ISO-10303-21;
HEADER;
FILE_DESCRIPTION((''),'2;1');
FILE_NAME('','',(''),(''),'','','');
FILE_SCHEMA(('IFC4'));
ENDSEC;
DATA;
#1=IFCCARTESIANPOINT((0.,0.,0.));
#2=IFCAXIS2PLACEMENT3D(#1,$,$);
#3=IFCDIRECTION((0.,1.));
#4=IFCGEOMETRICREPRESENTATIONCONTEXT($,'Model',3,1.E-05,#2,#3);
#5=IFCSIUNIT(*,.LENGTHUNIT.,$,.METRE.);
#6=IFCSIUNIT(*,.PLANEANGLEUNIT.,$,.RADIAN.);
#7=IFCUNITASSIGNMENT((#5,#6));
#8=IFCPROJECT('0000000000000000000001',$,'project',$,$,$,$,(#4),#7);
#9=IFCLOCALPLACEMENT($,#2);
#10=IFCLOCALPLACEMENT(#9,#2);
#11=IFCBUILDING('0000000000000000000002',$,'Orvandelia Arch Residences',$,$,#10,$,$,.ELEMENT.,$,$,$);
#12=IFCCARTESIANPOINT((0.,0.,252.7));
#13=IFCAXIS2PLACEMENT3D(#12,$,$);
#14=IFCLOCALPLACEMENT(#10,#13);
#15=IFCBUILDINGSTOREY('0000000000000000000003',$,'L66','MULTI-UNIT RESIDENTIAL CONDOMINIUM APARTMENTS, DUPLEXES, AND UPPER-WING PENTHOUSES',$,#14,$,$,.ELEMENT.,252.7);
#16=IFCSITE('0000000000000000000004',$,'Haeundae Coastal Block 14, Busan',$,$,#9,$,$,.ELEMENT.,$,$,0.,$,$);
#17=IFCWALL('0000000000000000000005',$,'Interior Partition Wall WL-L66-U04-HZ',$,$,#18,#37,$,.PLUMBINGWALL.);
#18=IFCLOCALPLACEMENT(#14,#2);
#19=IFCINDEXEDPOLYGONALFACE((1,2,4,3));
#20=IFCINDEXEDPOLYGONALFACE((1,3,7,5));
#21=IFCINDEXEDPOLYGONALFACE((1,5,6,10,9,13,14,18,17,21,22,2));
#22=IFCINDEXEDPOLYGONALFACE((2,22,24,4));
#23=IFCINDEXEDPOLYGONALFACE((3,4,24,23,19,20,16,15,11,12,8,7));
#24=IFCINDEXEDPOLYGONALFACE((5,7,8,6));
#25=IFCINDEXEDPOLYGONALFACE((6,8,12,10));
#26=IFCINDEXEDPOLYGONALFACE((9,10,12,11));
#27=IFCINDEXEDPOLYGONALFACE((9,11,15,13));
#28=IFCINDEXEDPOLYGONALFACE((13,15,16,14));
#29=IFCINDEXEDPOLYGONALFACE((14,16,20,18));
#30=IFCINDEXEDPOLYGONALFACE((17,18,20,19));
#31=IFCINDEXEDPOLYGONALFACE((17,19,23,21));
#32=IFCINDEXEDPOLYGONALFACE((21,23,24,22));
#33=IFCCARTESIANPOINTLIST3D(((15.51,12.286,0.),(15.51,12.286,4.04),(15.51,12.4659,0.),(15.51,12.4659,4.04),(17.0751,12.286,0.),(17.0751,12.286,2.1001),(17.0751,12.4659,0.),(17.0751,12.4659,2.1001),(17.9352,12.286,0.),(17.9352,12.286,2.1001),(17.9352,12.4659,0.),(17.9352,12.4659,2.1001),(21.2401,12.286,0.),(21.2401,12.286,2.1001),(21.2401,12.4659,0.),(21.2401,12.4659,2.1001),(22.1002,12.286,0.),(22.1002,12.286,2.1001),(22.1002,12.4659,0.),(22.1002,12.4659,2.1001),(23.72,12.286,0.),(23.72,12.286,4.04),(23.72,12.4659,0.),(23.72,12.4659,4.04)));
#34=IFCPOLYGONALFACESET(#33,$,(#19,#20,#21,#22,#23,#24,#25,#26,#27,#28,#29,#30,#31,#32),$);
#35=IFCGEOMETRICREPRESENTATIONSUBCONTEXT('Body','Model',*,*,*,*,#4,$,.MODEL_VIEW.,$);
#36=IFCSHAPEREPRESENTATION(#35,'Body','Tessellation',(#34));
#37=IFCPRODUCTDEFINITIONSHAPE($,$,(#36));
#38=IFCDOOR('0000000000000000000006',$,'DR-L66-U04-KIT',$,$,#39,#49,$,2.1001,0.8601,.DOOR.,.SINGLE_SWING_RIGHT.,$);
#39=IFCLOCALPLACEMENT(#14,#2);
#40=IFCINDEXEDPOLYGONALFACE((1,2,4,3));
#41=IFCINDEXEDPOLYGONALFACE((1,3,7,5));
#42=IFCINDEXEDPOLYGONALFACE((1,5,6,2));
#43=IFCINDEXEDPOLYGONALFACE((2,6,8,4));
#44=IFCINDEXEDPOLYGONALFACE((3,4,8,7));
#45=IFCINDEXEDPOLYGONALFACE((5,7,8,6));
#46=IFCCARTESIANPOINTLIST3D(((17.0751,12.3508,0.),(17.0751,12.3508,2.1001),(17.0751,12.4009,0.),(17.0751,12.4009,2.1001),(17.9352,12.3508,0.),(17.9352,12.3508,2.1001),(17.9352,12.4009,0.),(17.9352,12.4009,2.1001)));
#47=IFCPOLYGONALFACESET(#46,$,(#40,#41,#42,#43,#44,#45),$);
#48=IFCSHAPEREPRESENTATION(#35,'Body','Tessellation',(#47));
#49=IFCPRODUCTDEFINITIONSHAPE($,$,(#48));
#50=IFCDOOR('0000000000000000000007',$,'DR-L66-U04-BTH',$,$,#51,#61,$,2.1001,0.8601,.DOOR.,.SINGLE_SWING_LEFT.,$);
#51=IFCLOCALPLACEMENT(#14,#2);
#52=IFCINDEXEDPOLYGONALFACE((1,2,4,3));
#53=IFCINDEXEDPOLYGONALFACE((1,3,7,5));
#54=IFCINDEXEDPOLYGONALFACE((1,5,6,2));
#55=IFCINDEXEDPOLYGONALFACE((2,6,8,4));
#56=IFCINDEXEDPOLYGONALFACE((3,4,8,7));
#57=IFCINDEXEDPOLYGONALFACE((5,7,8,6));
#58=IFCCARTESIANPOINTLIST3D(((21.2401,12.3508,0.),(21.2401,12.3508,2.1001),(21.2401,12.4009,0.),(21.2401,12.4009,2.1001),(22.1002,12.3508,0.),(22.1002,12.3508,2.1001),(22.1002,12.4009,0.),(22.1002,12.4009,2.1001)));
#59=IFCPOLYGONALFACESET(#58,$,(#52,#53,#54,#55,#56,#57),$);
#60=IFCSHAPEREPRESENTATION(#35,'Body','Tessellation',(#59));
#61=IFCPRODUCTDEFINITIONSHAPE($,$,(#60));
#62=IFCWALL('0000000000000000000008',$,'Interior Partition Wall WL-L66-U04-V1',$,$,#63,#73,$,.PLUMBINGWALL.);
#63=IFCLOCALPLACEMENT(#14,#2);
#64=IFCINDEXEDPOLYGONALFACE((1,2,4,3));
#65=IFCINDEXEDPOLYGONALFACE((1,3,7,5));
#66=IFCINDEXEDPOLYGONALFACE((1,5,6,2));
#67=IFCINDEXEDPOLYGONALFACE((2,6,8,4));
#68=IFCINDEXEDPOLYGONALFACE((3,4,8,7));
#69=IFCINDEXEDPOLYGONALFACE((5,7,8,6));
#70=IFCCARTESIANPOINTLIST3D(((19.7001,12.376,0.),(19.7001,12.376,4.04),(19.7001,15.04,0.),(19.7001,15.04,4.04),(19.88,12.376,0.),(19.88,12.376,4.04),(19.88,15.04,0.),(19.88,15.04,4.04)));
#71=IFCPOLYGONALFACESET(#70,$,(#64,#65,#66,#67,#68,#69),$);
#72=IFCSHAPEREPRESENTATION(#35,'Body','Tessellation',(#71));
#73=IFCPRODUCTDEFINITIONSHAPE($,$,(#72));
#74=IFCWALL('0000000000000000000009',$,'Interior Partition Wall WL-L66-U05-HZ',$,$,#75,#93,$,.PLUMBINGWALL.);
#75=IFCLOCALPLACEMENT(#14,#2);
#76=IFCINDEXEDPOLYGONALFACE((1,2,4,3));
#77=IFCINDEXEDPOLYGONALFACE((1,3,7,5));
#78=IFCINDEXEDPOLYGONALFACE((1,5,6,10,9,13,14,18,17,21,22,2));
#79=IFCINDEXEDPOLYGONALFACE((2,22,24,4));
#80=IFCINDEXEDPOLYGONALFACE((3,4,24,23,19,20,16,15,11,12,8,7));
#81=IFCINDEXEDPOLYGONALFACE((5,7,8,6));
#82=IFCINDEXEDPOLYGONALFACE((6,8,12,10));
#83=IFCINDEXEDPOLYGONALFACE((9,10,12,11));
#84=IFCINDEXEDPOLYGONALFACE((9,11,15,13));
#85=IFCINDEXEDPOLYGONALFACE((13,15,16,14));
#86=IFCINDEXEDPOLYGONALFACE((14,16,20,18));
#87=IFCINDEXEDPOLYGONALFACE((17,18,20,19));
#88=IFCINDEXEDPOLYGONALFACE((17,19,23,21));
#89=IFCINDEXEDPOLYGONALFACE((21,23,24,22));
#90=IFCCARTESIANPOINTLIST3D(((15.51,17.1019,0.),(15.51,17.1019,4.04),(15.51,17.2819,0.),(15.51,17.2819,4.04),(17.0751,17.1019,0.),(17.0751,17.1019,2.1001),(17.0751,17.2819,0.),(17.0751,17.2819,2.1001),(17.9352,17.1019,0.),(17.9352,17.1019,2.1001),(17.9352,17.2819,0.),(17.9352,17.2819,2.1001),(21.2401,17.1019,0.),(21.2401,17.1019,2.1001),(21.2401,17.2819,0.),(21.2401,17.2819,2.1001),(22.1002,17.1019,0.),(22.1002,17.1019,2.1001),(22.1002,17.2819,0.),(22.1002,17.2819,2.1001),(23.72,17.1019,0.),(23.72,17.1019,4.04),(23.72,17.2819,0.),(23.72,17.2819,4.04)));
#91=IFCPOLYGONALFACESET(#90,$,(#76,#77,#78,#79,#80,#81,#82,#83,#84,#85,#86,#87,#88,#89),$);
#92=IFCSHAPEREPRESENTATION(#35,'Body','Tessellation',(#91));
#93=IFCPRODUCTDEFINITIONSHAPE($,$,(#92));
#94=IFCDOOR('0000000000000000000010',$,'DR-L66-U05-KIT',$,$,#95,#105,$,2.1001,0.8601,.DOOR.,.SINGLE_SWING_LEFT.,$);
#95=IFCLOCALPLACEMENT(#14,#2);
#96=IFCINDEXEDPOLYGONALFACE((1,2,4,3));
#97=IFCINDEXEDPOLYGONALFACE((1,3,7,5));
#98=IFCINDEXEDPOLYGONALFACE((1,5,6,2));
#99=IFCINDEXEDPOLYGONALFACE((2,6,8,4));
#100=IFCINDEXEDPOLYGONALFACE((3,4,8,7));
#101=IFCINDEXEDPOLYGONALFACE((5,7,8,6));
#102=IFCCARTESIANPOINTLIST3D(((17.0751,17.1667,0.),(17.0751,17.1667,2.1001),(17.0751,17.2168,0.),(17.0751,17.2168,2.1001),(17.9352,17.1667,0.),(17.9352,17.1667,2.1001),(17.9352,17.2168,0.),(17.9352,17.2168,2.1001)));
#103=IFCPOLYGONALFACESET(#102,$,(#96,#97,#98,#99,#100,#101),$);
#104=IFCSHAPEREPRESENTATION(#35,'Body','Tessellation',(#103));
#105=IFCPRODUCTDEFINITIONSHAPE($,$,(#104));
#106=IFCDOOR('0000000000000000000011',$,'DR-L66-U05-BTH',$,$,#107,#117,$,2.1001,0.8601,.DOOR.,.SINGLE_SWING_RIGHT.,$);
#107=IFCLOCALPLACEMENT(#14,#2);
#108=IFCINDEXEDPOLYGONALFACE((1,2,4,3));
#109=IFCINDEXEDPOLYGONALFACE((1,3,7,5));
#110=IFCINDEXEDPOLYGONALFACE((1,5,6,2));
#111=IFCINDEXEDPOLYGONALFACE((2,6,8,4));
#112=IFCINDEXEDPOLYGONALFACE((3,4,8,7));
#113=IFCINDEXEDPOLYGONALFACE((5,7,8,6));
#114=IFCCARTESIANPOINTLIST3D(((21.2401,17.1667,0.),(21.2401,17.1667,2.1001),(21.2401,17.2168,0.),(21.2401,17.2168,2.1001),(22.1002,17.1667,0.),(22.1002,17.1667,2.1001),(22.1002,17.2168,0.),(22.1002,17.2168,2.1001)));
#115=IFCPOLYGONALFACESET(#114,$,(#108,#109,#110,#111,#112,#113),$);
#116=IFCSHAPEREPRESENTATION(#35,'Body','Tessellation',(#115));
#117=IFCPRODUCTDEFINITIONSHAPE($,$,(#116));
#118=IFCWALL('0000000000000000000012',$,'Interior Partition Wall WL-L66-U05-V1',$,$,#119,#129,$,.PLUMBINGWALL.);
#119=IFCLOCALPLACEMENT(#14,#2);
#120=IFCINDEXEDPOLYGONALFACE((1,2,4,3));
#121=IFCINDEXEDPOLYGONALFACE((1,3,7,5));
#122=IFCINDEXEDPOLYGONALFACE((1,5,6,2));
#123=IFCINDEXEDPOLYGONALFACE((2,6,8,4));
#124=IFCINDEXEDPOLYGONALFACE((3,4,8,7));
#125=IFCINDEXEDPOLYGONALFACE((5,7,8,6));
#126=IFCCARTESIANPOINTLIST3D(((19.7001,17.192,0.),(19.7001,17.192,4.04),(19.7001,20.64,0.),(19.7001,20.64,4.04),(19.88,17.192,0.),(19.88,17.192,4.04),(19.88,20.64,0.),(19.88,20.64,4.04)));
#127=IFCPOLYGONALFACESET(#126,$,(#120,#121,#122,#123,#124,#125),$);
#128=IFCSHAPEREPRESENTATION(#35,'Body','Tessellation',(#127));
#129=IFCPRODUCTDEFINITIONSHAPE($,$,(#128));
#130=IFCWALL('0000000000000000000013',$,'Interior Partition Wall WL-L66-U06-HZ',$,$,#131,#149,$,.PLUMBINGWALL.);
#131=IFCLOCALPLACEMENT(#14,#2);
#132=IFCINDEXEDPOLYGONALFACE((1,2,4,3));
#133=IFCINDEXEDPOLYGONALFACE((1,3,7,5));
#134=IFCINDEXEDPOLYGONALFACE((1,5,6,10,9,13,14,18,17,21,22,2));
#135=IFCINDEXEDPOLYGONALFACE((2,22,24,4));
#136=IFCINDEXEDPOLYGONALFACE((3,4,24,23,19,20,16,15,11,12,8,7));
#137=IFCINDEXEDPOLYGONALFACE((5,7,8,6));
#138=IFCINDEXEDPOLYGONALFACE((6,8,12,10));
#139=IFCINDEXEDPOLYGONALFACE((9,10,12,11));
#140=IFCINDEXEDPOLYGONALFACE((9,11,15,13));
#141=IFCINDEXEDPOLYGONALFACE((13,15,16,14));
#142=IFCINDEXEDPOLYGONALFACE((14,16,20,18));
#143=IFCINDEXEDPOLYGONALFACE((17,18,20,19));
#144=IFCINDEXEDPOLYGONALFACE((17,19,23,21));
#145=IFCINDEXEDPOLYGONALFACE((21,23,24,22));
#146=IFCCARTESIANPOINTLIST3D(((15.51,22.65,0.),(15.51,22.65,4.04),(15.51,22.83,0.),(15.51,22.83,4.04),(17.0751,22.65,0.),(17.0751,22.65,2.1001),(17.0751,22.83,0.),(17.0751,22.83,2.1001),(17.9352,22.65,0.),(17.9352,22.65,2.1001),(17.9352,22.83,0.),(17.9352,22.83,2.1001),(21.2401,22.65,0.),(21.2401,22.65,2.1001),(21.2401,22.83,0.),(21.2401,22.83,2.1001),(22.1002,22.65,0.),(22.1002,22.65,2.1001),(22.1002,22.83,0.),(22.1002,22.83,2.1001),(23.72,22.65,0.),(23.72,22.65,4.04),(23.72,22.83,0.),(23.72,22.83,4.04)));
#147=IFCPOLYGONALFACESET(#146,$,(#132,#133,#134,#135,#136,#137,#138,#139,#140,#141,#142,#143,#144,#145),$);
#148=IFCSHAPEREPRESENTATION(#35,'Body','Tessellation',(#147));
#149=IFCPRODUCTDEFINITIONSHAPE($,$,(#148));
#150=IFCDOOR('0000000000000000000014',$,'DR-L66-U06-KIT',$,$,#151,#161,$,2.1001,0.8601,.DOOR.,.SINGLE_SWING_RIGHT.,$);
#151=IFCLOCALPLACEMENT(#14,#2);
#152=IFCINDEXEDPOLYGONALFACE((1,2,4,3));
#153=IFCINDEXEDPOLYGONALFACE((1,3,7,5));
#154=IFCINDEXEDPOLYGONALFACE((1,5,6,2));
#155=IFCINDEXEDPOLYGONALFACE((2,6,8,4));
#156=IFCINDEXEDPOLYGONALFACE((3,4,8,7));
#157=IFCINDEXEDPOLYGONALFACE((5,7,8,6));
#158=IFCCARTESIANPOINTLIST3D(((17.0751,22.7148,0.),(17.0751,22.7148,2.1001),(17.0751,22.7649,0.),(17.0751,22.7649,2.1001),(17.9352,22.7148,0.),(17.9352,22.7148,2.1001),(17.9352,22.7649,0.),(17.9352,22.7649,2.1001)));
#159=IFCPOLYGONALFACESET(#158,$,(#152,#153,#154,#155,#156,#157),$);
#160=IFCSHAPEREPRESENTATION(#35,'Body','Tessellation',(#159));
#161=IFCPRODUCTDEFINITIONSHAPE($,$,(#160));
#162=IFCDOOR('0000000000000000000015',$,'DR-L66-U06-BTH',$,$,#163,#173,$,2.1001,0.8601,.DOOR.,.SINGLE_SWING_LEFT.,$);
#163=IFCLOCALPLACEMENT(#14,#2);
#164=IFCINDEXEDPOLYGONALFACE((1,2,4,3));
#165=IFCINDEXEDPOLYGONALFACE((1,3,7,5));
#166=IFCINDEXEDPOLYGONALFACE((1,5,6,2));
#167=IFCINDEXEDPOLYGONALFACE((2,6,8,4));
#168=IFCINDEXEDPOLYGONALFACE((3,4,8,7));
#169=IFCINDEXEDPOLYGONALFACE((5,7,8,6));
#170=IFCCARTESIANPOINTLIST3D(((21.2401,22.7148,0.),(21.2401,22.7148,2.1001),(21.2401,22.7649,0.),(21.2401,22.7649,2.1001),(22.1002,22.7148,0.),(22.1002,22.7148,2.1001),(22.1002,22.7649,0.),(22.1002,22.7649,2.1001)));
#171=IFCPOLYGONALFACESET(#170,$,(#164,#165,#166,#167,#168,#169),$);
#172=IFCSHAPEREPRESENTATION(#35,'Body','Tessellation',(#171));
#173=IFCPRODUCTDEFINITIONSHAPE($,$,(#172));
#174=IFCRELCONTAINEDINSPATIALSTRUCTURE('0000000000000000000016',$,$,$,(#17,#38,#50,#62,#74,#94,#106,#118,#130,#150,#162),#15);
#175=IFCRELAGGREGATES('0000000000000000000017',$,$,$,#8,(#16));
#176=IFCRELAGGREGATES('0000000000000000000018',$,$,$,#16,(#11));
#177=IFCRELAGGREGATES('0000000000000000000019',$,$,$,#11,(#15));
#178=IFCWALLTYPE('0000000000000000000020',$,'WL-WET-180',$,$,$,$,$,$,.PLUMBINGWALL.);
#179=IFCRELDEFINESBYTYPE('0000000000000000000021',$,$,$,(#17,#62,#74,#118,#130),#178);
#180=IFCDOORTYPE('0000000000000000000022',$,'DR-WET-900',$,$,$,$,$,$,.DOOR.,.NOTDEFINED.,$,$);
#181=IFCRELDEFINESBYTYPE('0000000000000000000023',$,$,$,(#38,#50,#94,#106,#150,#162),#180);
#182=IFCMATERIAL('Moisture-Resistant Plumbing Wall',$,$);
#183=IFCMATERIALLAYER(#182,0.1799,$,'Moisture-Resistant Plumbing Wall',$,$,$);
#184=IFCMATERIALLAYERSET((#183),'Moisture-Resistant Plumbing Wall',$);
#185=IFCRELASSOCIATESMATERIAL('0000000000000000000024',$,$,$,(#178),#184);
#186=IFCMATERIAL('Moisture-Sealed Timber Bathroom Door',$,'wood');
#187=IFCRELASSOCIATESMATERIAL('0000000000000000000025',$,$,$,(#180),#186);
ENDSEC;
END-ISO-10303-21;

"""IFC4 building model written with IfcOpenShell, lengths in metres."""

from ifc_helpers import new_model, si_unit, direction, frame, frame_2d, origin, place, context, subcontext, project, spatial, rectangle, extrude, material, layer, layer_set, type_object, element, fill, save


model = new_model("IFC4")

# Units and contexts
model_context = context("Model", 3, precision=1e-05, world=origin(), true_north=direction((0.0, 1.0)))
body_context = subcontext(model_context, "Body", "Model", "MODEL_VIEW")
ifc_project = project(units=[si_unit("LENGTHUNIT", "METRE"), si_unit("PLANEANGLEUNIT", "RADIAN")], contexts=[model_context])

# Site, building, storey
site_placement = place(None, origin())
site = spatial("IfcSite", under=ifc_project, at=site_placement, Name="Haeundae Coastal Block 14, Busan", CompositionType="ELEMENT", RefElevation=0.0)
building_placement = place(site_placement, origin())
building = spatial("IfcBuilding", under=site, at=building_placement, Name="Orvandelia Arch Residences", CompositionType="ELEMENT")
storey_placement = place(building_placement, frame((0.0, 0.0, 252.7)))
storey = spatial("IfcBuildingStorey", under=building, at=storey_placement, Name="L66", Description="MULTI-UNIT RESIDENTIAL CONDOMINIUM APARTMENTS, DUPLEXES, AND UPPER-WING PENTHOUSES", CompositionType="ELEMENT", Elevation=252.7)

# Shared definitions
ifc_material_1 = material(Name="Moisture-Resistant Plumbing Wall")
ifc_layer_1 = layer(ifc_material_1, 0.1799, Name="Moisture-Resistant Plumbing Wall")
ifc_layer_set_1 = layer_set([ifc_layer_1], Name="Moisture-Resistant Plumbing Wall")
wall_type_1 = type_object("IfcWallType", Name="WL-WET-180", PredefinedType="PLUMBINGWALL", material=ifc_layer_set_1)

# Wall, openings, doors
wall_1_placement = place(storey_placement, frame((15.51, 12.376, 0.0), z_axis=(0.0, 0.0, 1.0), x_axis=(1.0, 0.0, 0.0)))
wall_1 = element("IfcWall", 1, at=wall_1_placement, inside=storey, type_object=wall_type_1, Name="Interior Partition Wall WL-L66-U04-HZ", PredefinedType="PLUMBINGWALL", context=body_context, shape_type="SweptSolid", body=[
    extrude(rectangle(XDim=8.21, YDim=0.1799, at=frame_2d((4.105, 0.0))), origin(), (0.0, 0.0, 1.0), 4.04),
])
opening_1_placement = place(wall_1_placement, frame((1.5649, 0.0, 0.0)))
opening_1 = element("IfcOpeningElement", 2, at=opening_1_placement, cuts=wall_1, PredefinedType="OPENING", context=body_context, shape_type="SweptSolid", body=[
    extrude(rectangle(XDim=0.8601, YDim=2.1001, at=frame_2d((0.4302, 1.05))), frame((0.0, 0.1001, 0.0), z_axis=(0.0, -1.0, 0.0), x_axis=(1.0, 0.0, 0.0)), (0.0, 0.0, 1.0), 0.2),
])
opening_2_placement = place(wall_1_placement, frame((5.73, 0.0, 0.0)))
opening_2 = element("IfcOpeningElement", 3, at=opening_2_placement, cuts=wall_1, PredefinedType="OPENING", context=body_context, shape_type="SweptSolid", body=[
    extrude(rectangle(XDim=0.8601, YDim=2.1001, at=frame_2d((0.4302, 1.05))), frame((0.0, 0.1001, 0.0), z_axis=(0.0, -1.0, 0.0), x_axis=(1.0, 0.0, 0.0)), (0.0, 0.0, 1.0), 0.2),
])
ifc_material_2 = material(Name="Moisture-Sealed Timber Bathroom Door", Category="wood")
door_type_1 = type_object("IfcDoorType", Name="DR-WET-900", OperationType="NOTDEFINED", PredefinedType="DOOR", material=ifc_material_2)
door_1_placement = place(opening_1_placement, origin())
door_1 = element("IfcDoor", 4, at=door_1_placement, inside=storey, type_object=door_type_1, Name="DR-L66-U04-KIT", OperationType="SINGLE_SWING_RIGHT", OverallHeight=2.1001, OverallWidth=0.8601, PredefinedType="DOOR", context=body_context, shape_type="SweptSolid", body=[
    extrude(rectangle(XDim=0.8601, YDim=2.1001, at=frame_2d((0.4302, 1.05))), frame((0.0, 0.0249, 0.0), z_axis=(0.0, -1.0, 0.0), x_axis=(1.0, 0.0, 0.0)), (0.0, 0.0, 1.0), 0.05),
])
fill(opening_1, door_1)
door_2_placement = place(opening_2_placement, origin())
door_2 = element("IfcDoor", 5, at=door_2_placement, inside=storey, type_object=door_type_1, Name="DR-L66-U04-BTH", OperationType="SINGLE_SWING_LEFT", OverallHeight=2.1001, OverallWidth=0.8601, PredefinedType="DOOR", context=body_context, shape_type="SweptSolid", body=[
    extrude(rectangle(XDim=0.8601, YDim=2.1001, at=frame_2d((0.4302, 1.05))), frame((0.0, 0.0249, 0.0), z_axis=(0.0, -1.0, 0.0), x_axis=(1.0, 0.0, 0.0)), (0.0, 0.0, 1.0), 0.05),
])
fill(opening_2, door_2)

# Wall
wall_2_placement = place(storey_placement, frame((19.79, 12.376, 0.0), z_axis=(0.0, 0.0, 1.0), x_axis=(0.0, 1.0, 0.0)))
element("IfcWall", 6, at=wall_2_placement, inside=storey, type_object=wall_type_1, Name="Interior Partition Wall WL-L66-U04-V1", PredefinedType="PLUMBINGWALL", context=body_context, shape_type="SweptSolid", body=[
    extrude(rectangle(XDim=2.6641, YDim=0.1799, at=frame_2d((1.332, 0.0))), origin(), (0.0, 0.0, 1.0), 4.04),
])

# Wall, openings, doors
wall_3_placement = place(storey_placement, frame((15.51, 17.1919, 0.0), z_axis=(0.0, 0.0, 1.0), x_axis=(1.0, 0.0, 0.0)))
wall_3 = element("IfcWall", 7, at=wall_3_placement, inside=storey, type_object=wall_type_1, Name="Interior Partition Wall WL-L66-U05-HZ", PredefinedType="PLUMBINGWALL", context=body_context, shape_type="SweptSolid", body=[
    extrude(rectangle(XDim=8.21, YDim=0.1799, at=frame_2d((4.105, 0.0))), origin(), (0.0, 0.0, 1.0), 4.04),
])
opening_3_placement = place(wall_3_placement, frame((1.5649, 0.0, 0.0)))
opening_3 = element("IfcOpeningElement", 8, at=opening_3_placement, cuts=wall_3, PredefinedType="OPENING", context=body_context, shape_type="SweptSolid", body=[
    extrude(rectangle(XDim=0.8601, YDim=2.1001, at=frame_2d((0.4302, 1.05))), frame((0.0, 0.1001, 0.0), z_axis=(0.0, -1.0, 0.0), x_axis=(1.0, 0.0, 0.0)), (0.0, 0.0, 1.0), 0.2),
])
opening_4_placement = place(wall_3_placement, frame((5.73, 0.0, 0.0)))
opening_4 = element("IfcOpeningElement", 9, at=opening_4_placement, cuts=wall_3, PredefinedType="OPENING", context=body_context, shape_type="SweptSolid", body=[
    extrude(rectangle(XDim=0.8601, YDim=2.1001, at=frame_2d((0.4302, 1.05))), frame((0.0, 0.1001, 0.0), z_axis=(0.0, -1.0, 0.0), x_axis=(1.0, 0.0, 0.0)), (0.0, 0.0, 1.0), 0.2),
])
door_3_placement = place(opening_3_placement, origin())
door_3 = element("IfcDoor", 10, at=door_3_placement, inside=storey, type_object=door_type_1, Name="DR-L66-U05-KIT", OperationType="SINGLE_SWING_LEFT", OverallHeight=2.1001, OverallWidth=0.8601, PredefinedType="DOOR", context=body_context, shape_type="SweptSolid", body=[
    extrude(rectangle(XDim=0.8601, YDim=2.1001, at=frame_2d((0.4302, 1.05))), frame((0.0, 0.0249, 0.0), z_axis=(0.0, -1.0, 0.0), x_axis=(1.0, 0.0, 0.0)), (0.0, 0.0, 1.0), 0.05),
])
fill(opening_3, door_3)
door_4_placement = place(opening_4_placement, origin())
door_4 = element("IfcDoor", 11, at=door_4_placement, inside=storey, type_object=door_type_1, Name="DR-L66-U05-BTH", OperationType="SINGLE_SWING_RIGHT", OverallHeight=2.1001, OverallWidth=0.8601, PredefinedType="DOOR", context=body_context, shape_type="SweptSolid", body=[
    extrude(rectangle(XDim=0.8601, YDim=2.1001, at=frame_2d((0.4302, 1.05))), frame((0.0, 0.0249, 0.0), z_axis=(0.0, -1.0, 0.0), x_axis=(1.0, 0.0, 0.0)), (0.0, 0.0, 1.0), 0.05),
])
fill(opening_4, door_4)

# Wall
wall_4_placement = place(storey_placement, frame((19.79, 17.1919, 0.0), z_axis=(0.0, 0.0, 1.0), x_axis=(0.0, 1.0, 0.0)))
element("IfcWall", 12, at=wall_4_placement, inside=storey, type_object=wall_type_1, Name="Interior Partition Wall WL-L66-U05-V1", PredefinedType="PLUMBINGWALL", context=body_context, shape_type="SweptSolid", body=[
    extrude(rectangle(XDim=3.448, YDim=0.1799, at=frame_2d((1.7241, 0.0))), origin(), (0.0, 0.0, 1.0), 4.04),
])

# Wall, openings, doors
wall_5_placement = place(storey_placement, frame((15.51, 22.74, 0.0), z_axis=(0.0, 0.0, 1.0), x_axis=(1.0, 0.0, 0.0)))
wall_5 = element("IfcWall", 13, at=wall_5_placement, inside=storey, type_object=wall_type_1, Name="Interior Partition Wall WL-L66-U06-HZ", PredefinedType="PLUMBINGWALL", context=body_context, shape_type="SweptSolid", body=[
    extrude(rectangle(XDim=8.21, YDim=0.1799, at=frame_2d((4.105, 0.0))), origin(), (0.0, 0.0, 1.0), 4.04),
])
opening_5_placement = place(wall_5_placement, frame((1.5649, 0.0, 0.0)))
opening_5 = element("IfcOpeningElement", 14, at=opening_5_placement, cuts=wall_5, PredefinedType="OPENING", context=body_context, shape_type="SweptSolid", body=[
    extrude(rectangle(XDim=0.8601, YDim=2.1001, at=frame_2d((0.4302, 1.05))), frame((0.0, 0.1001, 0.0), z_axis=(0.0, -1.0, 0.0), x_axis=(1.0, 0.0, 0.0)), (0.0, 0.0, 1.0), 0.2),
])
opening_6_placement = place(wall_5_placement, frame((5.73, 0.0, 0.0)))
opening_6 = element("IfcOpeningElement", 15, at=opening_6_placement, cuts=wall_5, PredefinedType="OPENING", context=body_context, shape_type="SweptSolid", body=[
    extrude(rectangle(XDim=0.8601, YDim=2.1001, at=frame_2d((0.4302, 1.05))), frame((0.0, 0.1001, 0.0), z_axis=(0.0, -1.0, 0.0), x_axis=(1.0, 0.0, 0.0)), (0.0, 0.0, 1.0), 0.2),
])
door_5_placement = place(opening_5_placement, origin())
door_5 = element("IfcDoor", 16, at=door_5_placement, inside=storey, type_object=door_type_1, Name="DR-L66-U06-KIT", OperationType="SINGLE_SWING_RIGHT", OverallHeight=2.1001, OverallWidth=0.8601, PredefinedType="DOOR", context=body_context, shape_type="SweptSolid", body=[
    extrude(rectangle(XDim=0.8601, YDim=2.1001, at=frame_2d((0.4302, 1.05))), frame((0.0, 0.0249, 0.0), z_axis=(0.0, -1.0, 0.0), x_axis=(1.0, 0.0, 0.0)), (0.0, 0.0, 1.0), 0.05),
])
fill(opening_5, door_5)
door_6_placement = place(opening_6_placement, origin())
door_6 = element("IfcDoor", 17, at=door_6_placement, inside=storey, type_object=door_type_1, Name="DR-L66-U06-BTH", OperationType="SINGLE_SWING_LEFT", OverallHeight=2.1001, OverallWidth=0.8601, PredefinedType="DOOR", context=body_context, shape_type="SweptSolid", body=[
    extrude(rectangle(XDim=0.8601, YDim=2.1001, at=frame_2d((0.4302, 1.05))), frame((0.0, 0.0249, 0.0), z_axis=(0.0, -1.0, 0.0), x_axis=(1.0, 0.0, 0.0)), (0.0, 0.0, 1.0), 0.05),
])
fill(opening_6, door_6)

save(model, "model.ifc")
